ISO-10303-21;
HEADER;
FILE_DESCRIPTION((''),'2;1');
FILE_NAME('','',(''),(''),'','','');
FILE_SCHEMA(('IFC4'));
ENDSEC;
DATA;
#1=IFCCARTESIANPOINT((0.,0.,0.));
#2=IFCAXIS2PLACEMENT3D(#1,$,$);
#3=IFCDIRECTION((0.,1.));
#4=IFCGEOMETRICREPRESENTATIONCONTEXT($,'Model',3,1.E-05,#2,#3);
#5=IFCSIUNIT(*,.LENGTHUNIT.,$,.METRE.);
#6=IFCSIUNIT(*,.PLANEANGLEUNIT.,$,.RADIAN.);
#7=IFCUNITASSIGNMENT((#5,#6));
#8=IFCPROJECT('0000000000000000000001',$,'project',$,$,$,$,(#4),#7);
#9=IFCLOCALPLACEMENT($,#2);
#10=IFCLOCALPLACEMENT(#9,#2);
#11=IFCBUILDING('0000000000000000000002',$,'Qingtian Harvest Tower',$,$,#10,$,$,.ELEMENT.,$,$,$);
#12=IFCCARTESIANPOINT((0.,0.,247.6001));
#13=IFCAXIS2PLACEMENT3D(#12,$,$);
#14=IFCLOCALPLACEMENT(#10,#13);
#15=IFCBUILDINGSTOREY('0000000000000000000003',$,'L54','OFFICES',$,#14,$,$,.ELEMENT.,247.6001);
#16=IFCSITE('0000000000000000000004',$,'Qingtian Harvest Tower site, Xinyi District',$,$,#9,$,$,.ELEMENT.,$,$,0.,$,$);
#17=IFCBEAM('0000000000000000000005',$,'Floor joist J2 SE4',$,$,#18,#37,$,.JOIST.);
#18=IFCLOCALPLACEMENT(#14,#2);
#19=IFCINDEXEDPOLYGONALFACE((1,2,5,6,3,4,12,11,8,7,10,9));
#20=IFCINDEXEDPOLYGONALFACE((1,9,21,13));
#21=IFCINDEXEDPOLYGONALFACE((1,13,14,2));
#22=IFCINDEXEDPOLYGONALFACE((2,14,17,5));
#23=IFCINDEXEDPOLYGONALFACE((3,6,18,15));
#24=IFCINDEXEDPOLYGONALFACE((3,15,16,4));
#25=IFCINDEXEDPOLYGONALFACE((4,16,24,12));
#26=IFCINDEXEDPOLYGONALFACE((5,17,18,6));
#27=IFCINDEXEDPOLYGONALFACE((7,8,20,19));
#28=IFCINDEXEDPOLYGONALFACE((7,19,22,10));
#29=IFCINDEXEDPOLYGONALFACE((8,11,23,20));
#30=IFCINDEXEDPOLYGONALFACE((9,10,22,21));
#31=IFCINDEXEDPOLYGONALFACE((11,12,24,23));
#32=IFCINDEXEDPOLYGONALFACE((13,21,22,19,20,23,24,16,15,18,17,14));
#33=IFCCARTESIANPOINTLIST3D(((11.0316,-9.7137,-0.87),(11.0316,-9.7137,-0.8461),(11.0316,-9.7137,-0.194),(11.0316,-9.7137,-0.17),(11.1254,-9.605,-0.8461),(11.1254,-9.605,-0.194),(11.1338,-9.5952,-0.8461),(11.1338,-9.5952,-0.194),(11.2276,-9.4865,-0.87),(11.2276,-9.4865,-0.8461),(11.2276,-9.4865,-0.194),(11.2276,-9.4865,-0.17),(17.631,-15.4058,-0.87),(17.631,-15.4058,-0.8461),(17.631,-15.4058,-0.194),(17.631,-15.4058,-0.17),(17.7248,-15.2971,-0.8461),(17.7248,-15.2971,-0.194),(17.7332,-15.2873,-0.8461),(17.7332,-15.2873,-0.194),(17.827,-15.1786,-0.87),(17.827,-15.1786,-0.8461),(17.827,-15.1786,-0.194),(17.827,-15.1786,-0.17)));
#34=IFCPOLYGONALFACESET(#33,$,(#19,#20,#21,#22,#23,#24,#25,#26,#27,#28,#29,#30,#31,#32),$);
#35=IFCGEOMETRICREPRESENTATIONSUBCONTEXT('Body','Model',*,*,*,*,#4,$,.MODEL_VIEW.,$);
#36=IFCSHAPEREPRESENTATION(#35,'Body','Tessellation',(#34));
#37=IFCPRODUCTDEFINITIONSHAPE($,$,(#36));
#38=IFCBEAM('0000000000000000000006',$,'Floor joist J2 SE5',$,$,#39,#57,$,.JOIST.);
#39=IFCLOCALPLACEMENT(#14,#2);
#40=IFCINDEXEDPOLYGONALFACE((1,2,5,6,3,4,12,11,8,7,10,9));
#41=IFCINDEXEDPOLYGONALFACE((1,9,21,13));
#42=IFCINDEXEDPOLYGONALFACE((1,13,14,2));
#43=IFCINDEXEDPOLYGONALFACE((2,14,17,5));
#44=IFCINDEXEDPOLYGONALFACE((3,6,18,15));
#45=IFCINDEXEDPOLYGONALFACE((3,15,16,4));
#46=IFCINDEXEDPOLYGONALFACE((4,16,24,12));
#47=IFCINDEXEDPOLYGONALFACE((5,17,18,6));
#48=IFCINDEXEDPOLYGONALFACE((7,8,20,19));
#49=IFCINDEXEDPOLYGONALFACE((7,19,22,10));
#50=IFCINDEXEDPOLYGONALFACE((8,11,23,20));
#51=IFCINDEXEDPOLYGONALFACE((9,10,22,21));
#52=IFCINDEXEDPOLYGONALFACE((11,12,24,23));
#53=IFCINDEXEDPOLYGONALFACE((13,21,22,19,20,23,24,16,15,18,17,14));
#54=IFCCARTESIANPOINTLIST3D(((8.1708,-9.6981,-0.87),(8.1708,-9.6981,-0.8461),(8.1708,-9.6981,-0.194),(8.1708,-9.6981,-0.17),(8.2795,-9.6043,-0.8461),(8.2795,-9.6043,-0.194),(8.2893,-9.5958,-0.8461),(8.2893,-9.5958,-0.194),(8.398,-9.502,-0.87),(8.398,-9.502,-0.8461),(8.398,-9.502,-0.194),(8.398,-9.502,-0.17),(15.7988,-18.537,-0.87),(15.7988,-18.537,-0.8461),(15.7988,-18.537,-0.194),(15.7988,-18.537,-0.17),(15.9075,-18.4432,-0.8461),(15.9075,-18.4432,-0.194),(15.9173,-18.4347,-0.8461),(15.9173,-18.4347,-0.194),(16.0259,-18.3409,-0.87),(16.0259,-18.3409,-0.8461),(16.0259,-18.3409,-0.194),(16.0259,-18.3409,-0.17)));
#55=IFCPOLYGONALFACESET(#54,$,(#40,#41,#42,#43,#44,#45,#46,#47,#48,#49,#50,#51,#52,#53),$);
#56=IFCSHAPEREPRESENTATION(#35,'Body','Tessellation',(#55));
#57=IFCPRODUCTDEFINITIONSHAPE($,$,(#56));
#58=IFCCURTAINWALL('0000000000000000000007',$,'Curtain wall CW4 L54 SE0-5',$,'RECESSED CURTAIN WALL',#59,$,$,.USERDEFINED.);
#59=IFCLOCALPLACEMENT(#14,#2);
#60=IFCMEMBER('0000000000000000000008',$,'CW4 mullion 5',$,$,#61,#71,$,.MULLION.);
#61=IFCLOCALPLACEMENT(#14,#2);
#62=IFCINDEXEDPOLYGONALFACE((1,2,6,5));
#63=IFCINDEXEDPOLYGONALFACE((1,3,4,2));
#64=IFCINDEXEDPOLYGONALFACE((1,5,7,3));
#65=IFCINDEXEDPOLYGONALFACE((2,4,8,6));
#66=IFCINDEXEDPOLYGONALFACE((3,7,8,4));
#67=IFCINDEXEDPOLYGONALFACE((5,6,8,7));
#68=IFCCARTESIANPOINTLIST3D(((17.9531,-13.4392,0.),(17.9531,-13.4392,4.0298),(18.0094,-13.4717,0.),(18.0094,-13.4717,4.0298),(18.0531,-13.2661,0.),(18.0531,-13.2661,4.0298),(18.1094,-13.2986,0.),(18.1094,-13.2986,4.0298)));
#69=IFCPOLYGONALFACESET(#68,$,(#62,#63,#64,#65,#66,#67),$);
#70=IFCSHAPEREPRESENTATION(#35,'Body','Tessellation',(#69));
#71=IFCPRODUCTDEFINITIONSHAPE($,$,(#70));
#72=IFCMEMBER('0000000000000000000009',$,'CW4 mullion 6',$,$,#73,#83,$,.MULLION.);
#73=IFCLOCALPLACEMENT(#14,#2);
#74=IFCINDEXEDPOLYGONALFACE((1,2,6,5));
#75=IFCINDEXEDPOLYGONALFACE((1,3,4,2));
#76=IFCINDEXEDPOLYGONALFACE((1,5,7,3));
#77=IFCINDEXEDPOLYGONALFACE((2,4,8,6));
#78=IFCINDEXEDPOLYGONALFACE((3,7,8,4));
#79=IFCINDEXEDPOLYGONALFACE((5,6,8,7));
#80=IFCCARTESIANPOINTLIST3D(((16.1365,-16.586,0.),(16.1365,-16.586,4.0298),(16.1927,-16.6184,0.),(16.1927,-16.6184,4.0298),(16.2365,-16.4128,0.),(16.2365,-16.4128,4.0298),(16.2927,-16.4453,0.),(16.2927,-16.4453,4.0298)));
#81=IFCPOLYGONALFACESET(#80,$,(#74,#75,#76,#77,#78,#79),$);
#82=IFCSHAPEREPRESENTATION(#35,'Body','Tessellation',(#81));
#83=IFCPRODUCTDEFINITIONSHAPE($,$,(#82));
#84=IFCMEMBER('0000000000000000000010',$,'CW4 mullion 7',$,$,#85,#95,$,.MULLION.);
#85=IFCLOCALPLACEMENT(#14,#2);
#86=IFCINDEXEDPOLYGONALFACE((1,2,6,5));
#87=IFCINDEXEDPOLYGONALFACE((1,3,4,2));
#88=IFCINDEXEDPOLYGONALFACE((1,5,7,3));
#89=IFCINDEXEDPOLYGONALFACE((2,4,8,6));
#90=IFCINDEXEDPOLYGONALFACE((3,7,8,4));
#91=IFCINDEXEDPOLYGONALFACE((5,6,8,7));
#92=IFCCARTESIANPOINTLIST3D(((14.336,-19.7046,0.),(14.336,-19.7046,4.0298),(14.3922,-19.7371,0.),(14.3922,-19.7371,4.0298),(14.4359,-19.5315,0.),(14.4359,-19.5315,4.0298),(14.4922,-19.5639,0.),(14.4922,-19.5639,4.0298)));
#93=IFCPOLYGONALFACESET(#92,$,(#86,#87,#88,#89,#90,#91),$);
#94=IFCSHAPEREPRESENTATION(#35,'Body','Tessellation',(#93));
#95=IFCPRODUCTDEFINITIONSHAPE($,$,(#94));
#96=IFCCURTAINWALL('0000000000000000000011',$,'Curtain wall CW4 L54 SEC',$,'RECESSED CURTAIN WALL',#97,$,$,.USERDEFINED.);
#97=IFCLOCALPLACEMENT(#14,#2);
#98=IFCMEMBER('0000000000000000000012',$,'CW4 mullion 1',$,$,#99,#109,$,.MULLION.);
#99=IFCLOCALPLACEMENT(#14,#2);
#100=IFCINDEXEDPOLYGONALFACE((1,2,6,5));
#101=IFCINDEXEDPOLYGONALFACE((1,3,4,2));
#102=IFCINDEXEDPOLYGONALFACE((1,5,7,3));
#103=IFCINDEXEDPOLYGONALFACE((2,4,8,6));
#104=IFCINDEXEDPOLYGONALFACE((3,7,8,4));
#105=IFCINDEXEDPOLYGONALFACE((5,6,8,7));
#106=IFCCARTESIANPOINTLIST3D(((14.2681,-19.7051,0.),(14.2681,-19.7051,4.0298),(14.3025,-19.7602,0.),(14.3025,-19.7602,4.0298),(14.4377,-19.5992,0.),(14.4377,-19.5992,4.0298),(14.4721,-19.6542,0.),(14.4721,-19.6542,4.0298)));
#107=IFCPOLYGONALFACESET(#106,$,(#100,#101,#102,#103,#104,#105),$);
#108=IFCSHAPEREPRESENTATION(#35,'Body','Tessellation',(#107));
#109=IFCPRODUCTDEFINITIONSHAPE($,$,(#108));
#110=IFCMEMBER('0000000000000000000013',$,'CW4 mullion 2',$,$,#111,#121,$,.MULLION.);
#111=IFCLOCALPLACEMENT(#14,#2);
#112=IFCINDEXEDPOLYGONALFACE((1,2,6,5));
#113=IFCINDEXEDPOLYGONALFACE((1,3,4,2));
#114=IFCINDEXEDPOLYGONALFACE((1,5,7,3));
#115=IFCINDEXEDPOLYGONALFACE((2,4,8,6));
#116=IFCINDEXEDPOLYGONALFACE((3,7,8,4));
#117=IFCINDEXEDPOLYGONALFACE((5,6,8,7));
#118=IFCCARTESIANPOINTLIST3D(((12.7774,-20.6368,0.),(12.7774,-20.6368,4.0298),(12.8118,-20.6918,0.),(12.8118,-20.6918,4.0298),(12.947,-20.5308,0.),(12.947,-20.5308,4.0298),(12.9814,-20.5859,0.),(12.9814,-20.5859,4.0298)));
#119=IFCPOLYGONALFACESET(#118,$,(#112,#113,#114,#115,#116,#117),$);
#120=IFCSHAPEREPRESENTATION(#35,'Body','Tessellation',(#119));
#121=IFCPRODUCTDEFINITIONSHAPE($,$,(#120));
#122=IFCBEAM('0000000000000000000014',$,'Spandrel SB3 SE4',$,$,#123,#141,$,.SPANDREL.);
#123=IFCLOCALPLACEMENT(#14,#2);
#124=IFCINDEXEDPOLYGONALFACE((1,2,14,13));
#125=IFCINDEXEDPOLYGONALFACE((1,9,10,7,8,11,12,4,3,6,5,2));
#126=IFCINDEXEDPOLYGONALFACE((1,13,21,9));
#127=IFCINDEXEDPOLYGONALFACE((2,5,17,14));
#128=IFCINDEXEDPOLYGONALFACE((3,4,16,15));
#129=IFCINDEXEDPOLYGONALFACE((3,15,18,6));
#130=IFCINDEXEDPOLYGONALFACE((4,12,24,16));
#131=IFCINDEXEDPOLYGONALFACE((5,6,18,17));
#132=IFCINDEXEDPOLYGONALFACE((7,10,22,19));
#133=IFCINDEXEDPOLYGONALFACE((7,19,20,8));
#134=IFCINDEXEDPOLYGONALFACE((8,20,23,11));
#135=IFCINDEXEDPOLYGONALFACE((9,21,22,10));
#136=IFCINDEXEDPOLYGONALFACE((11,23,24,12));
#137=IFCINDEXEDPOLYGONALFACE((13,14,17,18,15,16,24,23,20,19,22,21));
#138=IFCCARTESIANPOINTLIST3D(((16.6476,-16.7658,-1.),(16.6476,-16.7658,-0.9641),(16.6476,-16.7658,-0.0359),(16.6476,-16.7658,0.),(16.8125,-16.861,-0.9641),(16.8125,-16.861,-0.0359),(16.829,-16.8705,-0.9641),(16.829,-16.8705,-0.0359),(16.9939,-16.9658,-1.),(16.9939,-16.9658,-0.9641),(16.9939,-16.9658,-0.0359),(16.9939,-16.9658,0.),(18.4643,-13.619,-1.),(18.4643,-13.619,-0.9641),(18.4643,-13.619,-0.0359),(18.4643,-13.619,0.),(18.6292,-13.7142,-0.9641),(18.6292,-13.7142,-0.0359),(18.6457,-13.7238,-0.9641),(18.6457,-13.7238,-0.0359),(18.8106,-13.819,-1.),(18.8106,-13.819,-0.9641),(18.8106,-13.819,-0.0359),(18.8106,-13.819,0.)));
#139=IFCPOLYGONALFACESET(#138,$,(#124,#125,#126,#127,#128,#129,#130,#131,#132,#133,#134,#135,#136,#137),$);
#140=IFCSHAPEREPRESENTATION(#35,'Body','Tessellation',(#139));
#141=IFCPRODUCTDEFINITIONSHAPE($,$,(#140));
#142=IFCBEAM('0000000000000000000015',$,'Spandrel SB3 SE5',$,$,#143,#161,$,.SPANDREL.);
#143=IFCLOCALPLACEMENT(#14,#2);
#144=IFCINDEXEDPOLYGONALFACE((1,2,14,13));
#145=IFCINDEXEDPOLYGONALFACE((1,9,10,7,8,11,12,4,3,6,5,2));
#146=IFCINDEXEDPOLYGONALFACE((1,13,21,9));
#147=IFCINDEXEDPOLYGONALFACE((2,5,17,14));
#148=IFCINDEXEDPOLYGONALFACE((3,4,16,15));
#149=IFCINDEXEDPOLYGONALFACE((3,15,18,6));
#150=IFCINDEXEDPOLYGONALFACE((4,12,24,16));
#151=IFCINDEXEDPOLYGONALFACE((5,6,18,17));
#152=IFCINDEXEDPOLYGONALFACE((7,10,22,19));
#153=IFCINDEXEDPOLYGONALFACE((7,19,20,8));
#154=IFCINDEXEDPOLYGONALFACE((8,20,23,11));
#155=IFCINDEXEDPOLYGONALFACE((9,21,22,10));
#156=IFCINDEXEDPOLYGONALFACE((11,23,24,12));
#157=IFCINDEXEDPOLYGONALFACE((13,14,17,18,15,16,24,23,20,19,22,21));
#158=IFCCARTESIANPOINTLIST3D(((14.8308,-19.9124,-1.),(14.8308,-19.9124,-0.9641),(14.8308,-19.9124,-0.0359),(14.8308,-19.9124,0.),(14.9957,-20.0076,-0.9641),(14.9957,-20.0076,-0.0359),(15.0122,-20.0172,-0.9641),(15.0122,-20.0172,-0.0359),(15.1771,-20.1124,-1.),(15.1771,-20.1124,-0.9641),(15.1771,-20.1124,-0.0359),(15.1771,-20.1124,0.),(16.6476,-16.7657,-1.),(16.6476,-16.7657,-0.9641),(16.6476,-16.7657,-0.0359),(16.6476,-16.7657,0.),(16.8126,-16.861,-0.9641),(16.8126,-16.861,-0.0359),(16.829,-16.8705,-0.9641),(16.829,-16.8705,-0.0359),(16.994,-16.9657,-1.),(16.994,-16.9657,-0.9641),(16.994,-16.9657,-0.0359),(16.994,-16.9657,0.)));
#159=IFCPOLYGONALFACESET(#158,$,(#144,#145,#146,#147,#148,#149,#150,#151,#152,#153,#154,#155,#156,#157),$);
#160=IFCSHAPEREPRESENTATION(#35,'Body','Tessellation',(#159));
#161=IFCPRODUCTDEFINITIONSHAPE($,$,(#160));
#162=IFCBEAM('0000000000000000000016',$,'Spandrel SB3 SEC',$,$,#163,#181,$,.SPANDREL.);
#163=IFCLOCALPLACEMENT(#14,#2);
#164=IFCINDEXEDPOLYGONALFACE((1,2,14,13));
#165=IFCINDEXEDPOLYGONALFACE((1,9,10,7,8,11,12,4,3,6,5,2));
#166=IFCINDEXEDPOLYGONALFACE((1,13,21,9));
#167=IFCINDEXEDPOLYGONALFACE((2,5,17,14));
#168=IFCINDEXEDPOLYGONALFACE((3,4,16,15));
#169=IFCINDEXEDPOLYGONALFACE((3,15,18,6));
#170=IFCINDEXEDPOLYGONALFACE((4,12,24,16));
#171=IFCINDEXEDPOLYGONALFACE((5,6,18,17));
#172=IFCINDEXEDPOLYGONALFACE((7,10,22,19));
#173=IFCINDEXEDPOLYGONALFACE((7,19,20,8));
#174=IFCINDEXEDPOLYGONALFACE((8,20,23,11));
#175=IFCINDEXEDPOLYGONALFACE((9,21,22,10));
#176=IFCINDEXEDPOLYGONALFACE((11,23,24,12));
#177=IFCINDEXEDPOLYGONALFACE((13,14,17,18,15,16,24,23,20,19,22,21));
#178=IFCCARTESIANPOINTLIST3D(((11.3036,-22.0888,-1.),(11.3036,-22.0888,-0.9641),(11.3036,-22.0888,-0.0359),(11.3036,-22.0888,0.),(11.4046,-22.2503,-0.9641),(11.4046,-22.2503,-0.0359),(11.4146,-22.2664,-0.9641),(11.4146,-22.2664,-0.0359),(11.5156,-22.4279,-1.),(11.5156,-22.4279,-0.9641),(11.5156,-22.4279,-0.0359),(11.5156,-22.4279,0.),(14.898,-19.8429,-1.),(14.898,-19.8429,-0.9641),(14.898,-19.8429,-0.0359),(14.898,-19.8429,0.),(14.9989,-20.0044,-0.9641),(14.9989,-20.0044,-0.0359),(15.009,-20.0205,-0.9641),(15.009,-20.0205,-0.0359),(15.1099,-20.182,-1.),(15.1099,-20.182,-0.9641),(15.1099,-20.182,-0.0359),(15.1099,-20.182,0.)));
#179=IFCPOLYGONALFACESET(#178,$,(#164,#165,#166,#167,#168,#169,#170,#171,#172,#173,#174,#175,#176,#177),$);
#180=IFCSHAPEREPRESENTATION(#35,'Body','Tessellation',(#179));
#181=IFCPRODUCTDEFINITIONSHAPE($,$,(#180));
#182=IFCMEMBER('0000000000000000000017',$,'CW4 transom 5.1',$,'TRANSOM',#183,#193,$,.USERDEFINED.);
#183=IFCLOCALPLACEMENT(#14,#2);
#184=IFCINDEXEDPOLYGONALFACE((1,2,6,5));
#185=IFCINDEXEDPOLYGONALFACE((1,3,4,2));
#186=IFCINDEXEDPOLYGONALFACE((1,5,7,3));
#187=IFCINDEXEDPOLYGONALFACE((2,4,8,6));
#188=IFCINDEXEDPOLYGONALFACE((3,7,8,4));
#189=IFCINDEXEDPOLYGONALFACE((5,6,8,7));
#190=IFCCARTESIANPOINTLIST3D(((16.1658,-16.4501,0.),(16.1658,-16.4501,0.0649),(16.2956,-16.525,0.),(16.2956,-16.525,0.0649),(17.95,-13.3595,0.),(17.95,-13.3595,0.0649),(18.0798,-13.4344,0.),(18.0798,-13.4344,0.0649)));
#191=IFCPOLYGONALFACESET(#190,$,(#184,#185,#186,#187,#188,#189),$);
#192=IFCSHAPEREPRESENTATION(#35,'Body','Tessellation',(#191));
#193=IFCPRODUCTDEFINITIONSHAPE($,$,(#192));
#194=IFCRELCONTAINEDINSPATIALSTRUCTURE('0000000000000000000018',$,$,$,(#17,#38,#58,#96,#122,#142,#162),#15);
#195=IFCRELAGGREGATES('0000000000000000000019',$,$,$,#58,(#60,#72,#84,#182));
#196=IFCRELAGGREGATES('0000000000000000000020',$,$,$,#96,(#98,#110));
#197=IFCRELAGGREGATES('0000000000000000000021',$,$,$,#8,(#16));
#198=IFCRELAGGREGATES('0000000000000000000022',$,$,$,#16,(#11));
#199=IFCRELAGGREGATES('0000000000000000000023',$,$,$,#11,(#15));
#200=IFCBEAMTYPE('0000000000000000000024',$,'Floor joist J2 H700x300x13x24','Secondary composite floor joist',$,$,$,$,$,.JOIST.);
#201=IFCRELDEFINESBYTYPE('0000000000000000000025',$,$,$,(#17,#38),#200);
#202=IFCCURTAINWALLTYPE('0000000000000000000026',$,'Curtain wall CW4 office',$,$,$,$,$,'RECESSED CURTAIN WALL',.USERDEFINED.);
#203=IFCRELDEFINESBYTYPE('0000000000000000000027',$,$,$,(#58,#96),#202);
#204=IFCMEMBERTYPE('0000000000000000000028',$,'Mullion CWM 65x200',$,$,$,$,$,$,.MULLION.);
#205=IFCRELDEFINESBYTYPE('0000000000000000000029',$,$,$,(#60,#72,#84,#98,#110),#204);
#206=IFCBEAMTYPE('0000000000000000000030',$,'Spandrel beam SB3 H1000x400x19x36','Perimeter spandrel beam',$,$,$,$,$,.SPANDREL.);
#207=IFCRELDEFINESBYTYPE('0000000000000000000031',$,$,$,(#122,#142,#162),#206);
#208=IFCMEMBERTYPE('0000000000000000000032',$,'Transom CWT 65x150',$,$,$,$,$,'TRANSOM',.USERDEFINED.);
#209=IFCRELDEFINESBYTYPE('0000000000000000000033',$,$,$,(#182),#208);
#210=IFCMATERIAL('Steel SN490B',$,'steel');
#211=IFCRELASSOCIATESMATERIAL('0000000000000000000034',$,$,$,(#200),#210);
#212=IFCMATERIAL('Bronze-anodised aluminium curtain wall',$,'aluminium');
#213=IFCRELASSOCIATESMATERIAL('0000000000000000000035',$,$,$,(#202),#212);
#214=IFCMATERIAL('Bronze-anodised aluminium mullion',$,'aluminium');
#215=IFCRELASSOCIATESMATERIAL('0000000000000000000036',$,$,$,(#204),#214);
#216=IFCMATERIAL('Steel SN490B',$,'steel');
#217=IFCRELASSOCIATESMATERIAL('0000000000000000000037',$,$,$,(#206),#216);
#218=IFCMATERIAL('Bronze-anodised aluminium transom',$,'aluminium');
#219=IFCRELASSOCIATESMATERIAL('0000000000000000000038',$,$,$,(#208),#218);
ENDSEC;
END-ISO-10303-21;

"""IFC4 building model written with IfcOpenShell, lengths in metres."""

from ifc_helpers import new_model, si_unit, direction, frame, origin, origin_2d, place, context, subcontext, project, spatial, rectangle, i_section, extrude, material, material_profile, profile_set, type_object, element, aggregate, save


model = new_model("IFC4")

# Units and contexts
model_context = context("Model", 3, precision=1e-05, world=origin(), true_north=direction((0.0, 1.0)))
body_context = subcontext(model_context, "Body", "Model", "MODEL_VIEW")
ifc_project = project(units=[si_unit("LENGTHUNIT", "METRE"), si_unit("PLANEANGLEUNIT", "RADIAN")], contexts=[model_context])

# Site, building, storey
site_placement = place(None, origin())
site = spatial("IfcSite", under=ifc_project, at=site_placement, Name="Qingtian Harvest Tower site, Xinyi District", CompositionType="ELEMENT", RefElevation=0.0)
building_placement = place(site_placement, origin())
building = spatial("IfcBuilding", under=site, at=building_placement, Name="Qingtian Harvest Tower", CompositionType="ELEMENT")
storey_placement = place(building_placement, frame((0.0, 0.0, 247.6001)))
storey = spatial("IfcBuildingStorey", under=building, at=storey_placement, Name="L54", Description="OFFICES", CompositionType="ELEMENT", Elevation=247.6001)

# Beams
ifc_material_1 = material(Name="Steel SN490B", Category="steel")
ifc_material_profile_1 = material_profile(ifc_material_1, i_section(OverallWidth=0.3, OverallDepth=0.7, WebThickness=0.0129, FlangeThickness=0.0239, at=origin_2d()), Name="H700x300x13x24")
ifc_profile_set_1 = profile_set([ifc_material_profile_1], Name="Steel SN490B")
beam_type_1 = type_object("IfcBeamType", Name="Floor joist J2 H700x300x13x24", Description="Secondary composite floor joist", PredefinedType="JOIST", material=ifc_profile_set_1)
beam_1_placement = place(storey_placement, frame((17.729, -15.2922, -0.52), z_axis=(-0.757238, 0.653139, 0.0), x_axis=(-0.653139, -0.757238, 0.0)))
element("IfcBeam", 1, at=beam_1_placement, inside=storey, type_object=beam_type_1, Name="Floor joist J2 SE4", PredefinedType="JOIST", context=body_context, shape_type="SweptSolid", body=[
    extrude(i_section(OverallWidth=0.3, OverallDepth=0.7, WebThickness=0.0129, FlangeThickness=0.0239, at=origin_2d()), origin(), (0.0, 0.0, 1.0), 8.7151),
])
beam_2_placement = place(storey_placement, frame((15.9124, -18.439, -0.52), z_axis=(-0.653343, 0.757062, 0.0), x_axis=(-0.757062, -0.653343, 0.0)))
element("IfcBeam", 2, at=beam_2_placement, inside=storey, type_object=beam_type_1, Name="Floor joist J2 SE5", PredefinedType="JOIST", context=body_context, shape_type="SweptSolid", body=[
    extrude(i_section(OverallWidth=0.3, OverallDepth=0.7, WebThickness=0.0129, FlangeThickness=0.0239, at=origin_2d()), origin(), (0.0, 0.0, 1.0), 11.6753),
])

# Curtain walls, members
ifc_material_2 = material(Name="Bronze-anodised aluminium curtain wall", Category="aluminium")
curtain_wall_type = type_object("IfcCurtainWallType", Name="Curtain wall CW4 office", ElementType="RECESSED CURTAIN WALL", PredefinedType="USERDEFINED", material=ifc_material_2)
curtain_wall_1_placement = place(storey_placement, origin())
curtain_wall_1 = element("IfcCurtainWall", 3, at=curtain_wall_1_placement, inside=storey, type_object=curtain_wall_type, Name="Curtain wall CW4 L54 SE0-5", ObjectType="RECESSED CURTAIN WALL", PredefinedType="USERDEFINED")
ifc_material_3 = material(Name="Bronze-anodised aluminium mullion", Category="aluminium")
ifc_material_profile_2 = material_profile(ifc_material_3, rectangle(XDim=0.0649, YDim=0.2, at=origin_2d()), Name="AL 65x200")
ifc_profile_set_2 = profile_set([ifc_material_profile_2], Name="Bronze-anodised aluminium mullion")
member_type_1 = type_object("IfcMemberType", Name="Mullion CWM 65x200", PredefinedType="MULLION", material=ifc_profile_set_2)
member_1_placement = place(storey_placement, frame((18.0312, -13.3689, 0.0), z_axis=(0.0, 0.0, 1.0), x_axis=(0.866025, -0.5, 0.0)))
member_1 = element("IfcMember", 4, at=member_1_placement, type_object=member_type_1, Name="CW4 mullion 5", PredefinedType="MULLION", context=body_context, shape_type="SweptSolid", body=[
    extrude(rectangle(XDim=0.0649, YDim=0.2, at=origin_2d()), origin(), (0.0, 0.0, 1.0), 4.0298),
])
member_2_placement = place(storey_placement, frame((16.2146, -16.5156, 0.0), z_axis=(0.0, 0.0, 1.0), x_axis=(0.866025, -0.5, 0.0)))
member_2 = element("IfcMember", 5, at=member_2_placement, type_object=member_type_1, Name="CW4 mullion 6", PredefinedType="MULLION", context=body_context, shape_type="SweptSolid", body=[
    extrude(rectangle(XDim=0.0649, YDim=0.2, at=origin_2d()), origin(), (0.0, 0.0, 1.0), 4.0298),
])
member_3_placement = place(storey_placement, frame((14.4141, -19.6343, 0.0), z_axis=(0.0, 0.0, 1.0), x_axis=(0.866025, -0.5, 0.0)))
member_3 = element("IfcMember", 6, at=member_3_placement, type_object=member_type_1, Name="CW4 mullion 7", PredefinedType="MULLION", context=body_context, shape_type="SweptSolid", body=[
    extrude(rectangle(XDim=0.0649, YDim=0.2, at=origin_2d()), origin(), (0.0, 0.0, 1.0), 4.0298),
])
curtain_wall_2_placement = place(storey_placement, origin())
curtain_wall_2 = element("IfcCurtainWall", 7, at=curtain_wall_2_placement, inside=storey, type_object=curtain_wall_type, Name="Curtain wall CW4 L54 SEC", ObjectType="RECESSED CURTAIN WALL", PredefinedType="USERDEFINED")
member_4_placement = place(storey_placement, frame((14.3701, -19.6797, 0.0), z_axis=(0.0, 0.0, 1.0), x_axis=(0.529919, -0.848048, 0.0)))
member_4 = element("IfcMember", 8, at=member_4_placement, type_object=member_type_1, Name="CW4 mullion 1", PredefinedType="MULLION", context=body_context, shape_type="SweptSolid", body=[
    extrude(rectangle(XDim=0.0649, YDim=0.2, at=origin_2d()), origin(), (0.0, 0.0, 1.0), 4.0298),
])
member_5_placement = place(storey_placement, frame((12.8794, -20.6113, 0.0), z_axis=(0.0, 0.0, 1.0), x_axis=(0.529919, -0.848048, 0.0)))
member_5 = element("IfcMember", 9, at=member_5_placement, type_object=member_type_1, Name="CW4 mullion 2", PredefinedType="MULLION", context=body_context, shape_type="SweptSolid", body=[
    extrude(rectangle(XDim=0.0649, YDim=0.2, at=origin_2d()), origin(), (0.0, 0.0, 1.0), 4.0298),
])

# Beams
ifc_material_4 = material(Name="Steel SN490B", Category="steel")
ifc_material_profile_3 = material_profile(ifc_material_4, i_section(OverallWidth=0.3999, OverallDepth=1.0, WebThickness=0.019, FlangeThickness=0.0359, at=origin_2d()), Name="H1000x400x19x36")
ifc_profile_set_3 = profile_set([ifc_material_profile_3], Name="Steel SN490B")
beam_type_2 = type_object("IfcBeamType", Name="Spandrel beam SB3 H1000x400x19x36", Description="Perimeter spandrel beam", PredefinedType="SPANDREL", material=ifc_profile_set_3)
for number, where, z_axis, x_axis, name in (
    (10, (18.6375, -13.719, -0.5), (-0.499976, -0.866039, 0.0), (0.866039, -0.499976, 0.0), "Spandrel SB3 SE4"),
    (11, (16.8208, -16.8657, -0.5), (-0.500027, -0.86601, 0.0), (0.86601, -0.500027, 0.0), "Spandrel SB3 SE5"),
):
    element("IfcBeam", number, at=place(storey_placement, frame(where, z_axis=z_axis, x_axis=x_axis)), inside=storey, type_object=beam_type_2, Name=name, PredefinedType="SPANDREL", context=body_context, shape_type="SweptSolid", body=[
        extrude(i_section(OverallWidth=0.3999, OverallDepth=1.0, WebThickness=0.019, FlangeThickness=0.0359, at=origin_2d()), origin(), (0.0, 0.0, 1.0), 3.6335),
    ])
beam_3_placement = place(storey_placement, frame((15.0039, -20.0125, -0.5), z_axis=(-0.848057, -0.529906, 0.0), x_axis=(0.529906, -0.848057, 0.0)))
element("IfcBeam", 12, at=beam_3_placement, inside=storey, type_object=beam_type_2, Name="Spandrel SB3 SEC", PredefinedType="SPANDREL", context=body_context, shape_type="SweptSolid", body=[
    extrude(i_section(OverallWidth=0.3999, OverallDepth=1.0, WebThickness=0.019, FlangeThickness=0.0359, at=origin_2d()), origin(), (0.0, 0.0, 1.0), 4.2383),
])

# Member
ifc_material_5 = material(Name="Bronze-anodised aluminium transom", Category="aluminium")
ifc_material_profile_4 = material_profile(ifc_material_5, rectangle(XDim=0.1499, YDim=0.0649, at=origin_2d()), Name="AL 65x150")
ifc_profile_set_4 = profile_set([ifc_material_profile_4], Name="Bronze-anodised aluminium transom")
member_type_2 = type_object("IfcMemberType", Name="Transom CWT 65x150", ElementType="TRANSOM", PredefinedType="USERDEFINED", material=ifc_profile_set_4)
member_6_placement = place(storey_placement, frame((18.0149, -13.397, 0.0325), z_axis=(-0.499965, -0.866045, 0.0), x_axis=(0.866045, -0.499965, 0.0)))
member_6 = element("IfcMember", 13, at=member_6_placement, type_object=member_type_2, Name="CW4 transom 5.1", ObjectType="TRANSOM", PredefinedType="USERDEFINED", context=body_context, shape_type="SweptSolid", body=[
    extrude(rectangle(XDim=0.1499, YDim=0.0649, at=origin_2d()), origin(), (0.0, 0.0, 1.0), 3.5686),
])

aggregate(curtain_wall_1, [member_1, member_2, member_3, member_6])
aggregate(curtain_wall_2, [member_4, member_5])

save(model, "model.ifc")
